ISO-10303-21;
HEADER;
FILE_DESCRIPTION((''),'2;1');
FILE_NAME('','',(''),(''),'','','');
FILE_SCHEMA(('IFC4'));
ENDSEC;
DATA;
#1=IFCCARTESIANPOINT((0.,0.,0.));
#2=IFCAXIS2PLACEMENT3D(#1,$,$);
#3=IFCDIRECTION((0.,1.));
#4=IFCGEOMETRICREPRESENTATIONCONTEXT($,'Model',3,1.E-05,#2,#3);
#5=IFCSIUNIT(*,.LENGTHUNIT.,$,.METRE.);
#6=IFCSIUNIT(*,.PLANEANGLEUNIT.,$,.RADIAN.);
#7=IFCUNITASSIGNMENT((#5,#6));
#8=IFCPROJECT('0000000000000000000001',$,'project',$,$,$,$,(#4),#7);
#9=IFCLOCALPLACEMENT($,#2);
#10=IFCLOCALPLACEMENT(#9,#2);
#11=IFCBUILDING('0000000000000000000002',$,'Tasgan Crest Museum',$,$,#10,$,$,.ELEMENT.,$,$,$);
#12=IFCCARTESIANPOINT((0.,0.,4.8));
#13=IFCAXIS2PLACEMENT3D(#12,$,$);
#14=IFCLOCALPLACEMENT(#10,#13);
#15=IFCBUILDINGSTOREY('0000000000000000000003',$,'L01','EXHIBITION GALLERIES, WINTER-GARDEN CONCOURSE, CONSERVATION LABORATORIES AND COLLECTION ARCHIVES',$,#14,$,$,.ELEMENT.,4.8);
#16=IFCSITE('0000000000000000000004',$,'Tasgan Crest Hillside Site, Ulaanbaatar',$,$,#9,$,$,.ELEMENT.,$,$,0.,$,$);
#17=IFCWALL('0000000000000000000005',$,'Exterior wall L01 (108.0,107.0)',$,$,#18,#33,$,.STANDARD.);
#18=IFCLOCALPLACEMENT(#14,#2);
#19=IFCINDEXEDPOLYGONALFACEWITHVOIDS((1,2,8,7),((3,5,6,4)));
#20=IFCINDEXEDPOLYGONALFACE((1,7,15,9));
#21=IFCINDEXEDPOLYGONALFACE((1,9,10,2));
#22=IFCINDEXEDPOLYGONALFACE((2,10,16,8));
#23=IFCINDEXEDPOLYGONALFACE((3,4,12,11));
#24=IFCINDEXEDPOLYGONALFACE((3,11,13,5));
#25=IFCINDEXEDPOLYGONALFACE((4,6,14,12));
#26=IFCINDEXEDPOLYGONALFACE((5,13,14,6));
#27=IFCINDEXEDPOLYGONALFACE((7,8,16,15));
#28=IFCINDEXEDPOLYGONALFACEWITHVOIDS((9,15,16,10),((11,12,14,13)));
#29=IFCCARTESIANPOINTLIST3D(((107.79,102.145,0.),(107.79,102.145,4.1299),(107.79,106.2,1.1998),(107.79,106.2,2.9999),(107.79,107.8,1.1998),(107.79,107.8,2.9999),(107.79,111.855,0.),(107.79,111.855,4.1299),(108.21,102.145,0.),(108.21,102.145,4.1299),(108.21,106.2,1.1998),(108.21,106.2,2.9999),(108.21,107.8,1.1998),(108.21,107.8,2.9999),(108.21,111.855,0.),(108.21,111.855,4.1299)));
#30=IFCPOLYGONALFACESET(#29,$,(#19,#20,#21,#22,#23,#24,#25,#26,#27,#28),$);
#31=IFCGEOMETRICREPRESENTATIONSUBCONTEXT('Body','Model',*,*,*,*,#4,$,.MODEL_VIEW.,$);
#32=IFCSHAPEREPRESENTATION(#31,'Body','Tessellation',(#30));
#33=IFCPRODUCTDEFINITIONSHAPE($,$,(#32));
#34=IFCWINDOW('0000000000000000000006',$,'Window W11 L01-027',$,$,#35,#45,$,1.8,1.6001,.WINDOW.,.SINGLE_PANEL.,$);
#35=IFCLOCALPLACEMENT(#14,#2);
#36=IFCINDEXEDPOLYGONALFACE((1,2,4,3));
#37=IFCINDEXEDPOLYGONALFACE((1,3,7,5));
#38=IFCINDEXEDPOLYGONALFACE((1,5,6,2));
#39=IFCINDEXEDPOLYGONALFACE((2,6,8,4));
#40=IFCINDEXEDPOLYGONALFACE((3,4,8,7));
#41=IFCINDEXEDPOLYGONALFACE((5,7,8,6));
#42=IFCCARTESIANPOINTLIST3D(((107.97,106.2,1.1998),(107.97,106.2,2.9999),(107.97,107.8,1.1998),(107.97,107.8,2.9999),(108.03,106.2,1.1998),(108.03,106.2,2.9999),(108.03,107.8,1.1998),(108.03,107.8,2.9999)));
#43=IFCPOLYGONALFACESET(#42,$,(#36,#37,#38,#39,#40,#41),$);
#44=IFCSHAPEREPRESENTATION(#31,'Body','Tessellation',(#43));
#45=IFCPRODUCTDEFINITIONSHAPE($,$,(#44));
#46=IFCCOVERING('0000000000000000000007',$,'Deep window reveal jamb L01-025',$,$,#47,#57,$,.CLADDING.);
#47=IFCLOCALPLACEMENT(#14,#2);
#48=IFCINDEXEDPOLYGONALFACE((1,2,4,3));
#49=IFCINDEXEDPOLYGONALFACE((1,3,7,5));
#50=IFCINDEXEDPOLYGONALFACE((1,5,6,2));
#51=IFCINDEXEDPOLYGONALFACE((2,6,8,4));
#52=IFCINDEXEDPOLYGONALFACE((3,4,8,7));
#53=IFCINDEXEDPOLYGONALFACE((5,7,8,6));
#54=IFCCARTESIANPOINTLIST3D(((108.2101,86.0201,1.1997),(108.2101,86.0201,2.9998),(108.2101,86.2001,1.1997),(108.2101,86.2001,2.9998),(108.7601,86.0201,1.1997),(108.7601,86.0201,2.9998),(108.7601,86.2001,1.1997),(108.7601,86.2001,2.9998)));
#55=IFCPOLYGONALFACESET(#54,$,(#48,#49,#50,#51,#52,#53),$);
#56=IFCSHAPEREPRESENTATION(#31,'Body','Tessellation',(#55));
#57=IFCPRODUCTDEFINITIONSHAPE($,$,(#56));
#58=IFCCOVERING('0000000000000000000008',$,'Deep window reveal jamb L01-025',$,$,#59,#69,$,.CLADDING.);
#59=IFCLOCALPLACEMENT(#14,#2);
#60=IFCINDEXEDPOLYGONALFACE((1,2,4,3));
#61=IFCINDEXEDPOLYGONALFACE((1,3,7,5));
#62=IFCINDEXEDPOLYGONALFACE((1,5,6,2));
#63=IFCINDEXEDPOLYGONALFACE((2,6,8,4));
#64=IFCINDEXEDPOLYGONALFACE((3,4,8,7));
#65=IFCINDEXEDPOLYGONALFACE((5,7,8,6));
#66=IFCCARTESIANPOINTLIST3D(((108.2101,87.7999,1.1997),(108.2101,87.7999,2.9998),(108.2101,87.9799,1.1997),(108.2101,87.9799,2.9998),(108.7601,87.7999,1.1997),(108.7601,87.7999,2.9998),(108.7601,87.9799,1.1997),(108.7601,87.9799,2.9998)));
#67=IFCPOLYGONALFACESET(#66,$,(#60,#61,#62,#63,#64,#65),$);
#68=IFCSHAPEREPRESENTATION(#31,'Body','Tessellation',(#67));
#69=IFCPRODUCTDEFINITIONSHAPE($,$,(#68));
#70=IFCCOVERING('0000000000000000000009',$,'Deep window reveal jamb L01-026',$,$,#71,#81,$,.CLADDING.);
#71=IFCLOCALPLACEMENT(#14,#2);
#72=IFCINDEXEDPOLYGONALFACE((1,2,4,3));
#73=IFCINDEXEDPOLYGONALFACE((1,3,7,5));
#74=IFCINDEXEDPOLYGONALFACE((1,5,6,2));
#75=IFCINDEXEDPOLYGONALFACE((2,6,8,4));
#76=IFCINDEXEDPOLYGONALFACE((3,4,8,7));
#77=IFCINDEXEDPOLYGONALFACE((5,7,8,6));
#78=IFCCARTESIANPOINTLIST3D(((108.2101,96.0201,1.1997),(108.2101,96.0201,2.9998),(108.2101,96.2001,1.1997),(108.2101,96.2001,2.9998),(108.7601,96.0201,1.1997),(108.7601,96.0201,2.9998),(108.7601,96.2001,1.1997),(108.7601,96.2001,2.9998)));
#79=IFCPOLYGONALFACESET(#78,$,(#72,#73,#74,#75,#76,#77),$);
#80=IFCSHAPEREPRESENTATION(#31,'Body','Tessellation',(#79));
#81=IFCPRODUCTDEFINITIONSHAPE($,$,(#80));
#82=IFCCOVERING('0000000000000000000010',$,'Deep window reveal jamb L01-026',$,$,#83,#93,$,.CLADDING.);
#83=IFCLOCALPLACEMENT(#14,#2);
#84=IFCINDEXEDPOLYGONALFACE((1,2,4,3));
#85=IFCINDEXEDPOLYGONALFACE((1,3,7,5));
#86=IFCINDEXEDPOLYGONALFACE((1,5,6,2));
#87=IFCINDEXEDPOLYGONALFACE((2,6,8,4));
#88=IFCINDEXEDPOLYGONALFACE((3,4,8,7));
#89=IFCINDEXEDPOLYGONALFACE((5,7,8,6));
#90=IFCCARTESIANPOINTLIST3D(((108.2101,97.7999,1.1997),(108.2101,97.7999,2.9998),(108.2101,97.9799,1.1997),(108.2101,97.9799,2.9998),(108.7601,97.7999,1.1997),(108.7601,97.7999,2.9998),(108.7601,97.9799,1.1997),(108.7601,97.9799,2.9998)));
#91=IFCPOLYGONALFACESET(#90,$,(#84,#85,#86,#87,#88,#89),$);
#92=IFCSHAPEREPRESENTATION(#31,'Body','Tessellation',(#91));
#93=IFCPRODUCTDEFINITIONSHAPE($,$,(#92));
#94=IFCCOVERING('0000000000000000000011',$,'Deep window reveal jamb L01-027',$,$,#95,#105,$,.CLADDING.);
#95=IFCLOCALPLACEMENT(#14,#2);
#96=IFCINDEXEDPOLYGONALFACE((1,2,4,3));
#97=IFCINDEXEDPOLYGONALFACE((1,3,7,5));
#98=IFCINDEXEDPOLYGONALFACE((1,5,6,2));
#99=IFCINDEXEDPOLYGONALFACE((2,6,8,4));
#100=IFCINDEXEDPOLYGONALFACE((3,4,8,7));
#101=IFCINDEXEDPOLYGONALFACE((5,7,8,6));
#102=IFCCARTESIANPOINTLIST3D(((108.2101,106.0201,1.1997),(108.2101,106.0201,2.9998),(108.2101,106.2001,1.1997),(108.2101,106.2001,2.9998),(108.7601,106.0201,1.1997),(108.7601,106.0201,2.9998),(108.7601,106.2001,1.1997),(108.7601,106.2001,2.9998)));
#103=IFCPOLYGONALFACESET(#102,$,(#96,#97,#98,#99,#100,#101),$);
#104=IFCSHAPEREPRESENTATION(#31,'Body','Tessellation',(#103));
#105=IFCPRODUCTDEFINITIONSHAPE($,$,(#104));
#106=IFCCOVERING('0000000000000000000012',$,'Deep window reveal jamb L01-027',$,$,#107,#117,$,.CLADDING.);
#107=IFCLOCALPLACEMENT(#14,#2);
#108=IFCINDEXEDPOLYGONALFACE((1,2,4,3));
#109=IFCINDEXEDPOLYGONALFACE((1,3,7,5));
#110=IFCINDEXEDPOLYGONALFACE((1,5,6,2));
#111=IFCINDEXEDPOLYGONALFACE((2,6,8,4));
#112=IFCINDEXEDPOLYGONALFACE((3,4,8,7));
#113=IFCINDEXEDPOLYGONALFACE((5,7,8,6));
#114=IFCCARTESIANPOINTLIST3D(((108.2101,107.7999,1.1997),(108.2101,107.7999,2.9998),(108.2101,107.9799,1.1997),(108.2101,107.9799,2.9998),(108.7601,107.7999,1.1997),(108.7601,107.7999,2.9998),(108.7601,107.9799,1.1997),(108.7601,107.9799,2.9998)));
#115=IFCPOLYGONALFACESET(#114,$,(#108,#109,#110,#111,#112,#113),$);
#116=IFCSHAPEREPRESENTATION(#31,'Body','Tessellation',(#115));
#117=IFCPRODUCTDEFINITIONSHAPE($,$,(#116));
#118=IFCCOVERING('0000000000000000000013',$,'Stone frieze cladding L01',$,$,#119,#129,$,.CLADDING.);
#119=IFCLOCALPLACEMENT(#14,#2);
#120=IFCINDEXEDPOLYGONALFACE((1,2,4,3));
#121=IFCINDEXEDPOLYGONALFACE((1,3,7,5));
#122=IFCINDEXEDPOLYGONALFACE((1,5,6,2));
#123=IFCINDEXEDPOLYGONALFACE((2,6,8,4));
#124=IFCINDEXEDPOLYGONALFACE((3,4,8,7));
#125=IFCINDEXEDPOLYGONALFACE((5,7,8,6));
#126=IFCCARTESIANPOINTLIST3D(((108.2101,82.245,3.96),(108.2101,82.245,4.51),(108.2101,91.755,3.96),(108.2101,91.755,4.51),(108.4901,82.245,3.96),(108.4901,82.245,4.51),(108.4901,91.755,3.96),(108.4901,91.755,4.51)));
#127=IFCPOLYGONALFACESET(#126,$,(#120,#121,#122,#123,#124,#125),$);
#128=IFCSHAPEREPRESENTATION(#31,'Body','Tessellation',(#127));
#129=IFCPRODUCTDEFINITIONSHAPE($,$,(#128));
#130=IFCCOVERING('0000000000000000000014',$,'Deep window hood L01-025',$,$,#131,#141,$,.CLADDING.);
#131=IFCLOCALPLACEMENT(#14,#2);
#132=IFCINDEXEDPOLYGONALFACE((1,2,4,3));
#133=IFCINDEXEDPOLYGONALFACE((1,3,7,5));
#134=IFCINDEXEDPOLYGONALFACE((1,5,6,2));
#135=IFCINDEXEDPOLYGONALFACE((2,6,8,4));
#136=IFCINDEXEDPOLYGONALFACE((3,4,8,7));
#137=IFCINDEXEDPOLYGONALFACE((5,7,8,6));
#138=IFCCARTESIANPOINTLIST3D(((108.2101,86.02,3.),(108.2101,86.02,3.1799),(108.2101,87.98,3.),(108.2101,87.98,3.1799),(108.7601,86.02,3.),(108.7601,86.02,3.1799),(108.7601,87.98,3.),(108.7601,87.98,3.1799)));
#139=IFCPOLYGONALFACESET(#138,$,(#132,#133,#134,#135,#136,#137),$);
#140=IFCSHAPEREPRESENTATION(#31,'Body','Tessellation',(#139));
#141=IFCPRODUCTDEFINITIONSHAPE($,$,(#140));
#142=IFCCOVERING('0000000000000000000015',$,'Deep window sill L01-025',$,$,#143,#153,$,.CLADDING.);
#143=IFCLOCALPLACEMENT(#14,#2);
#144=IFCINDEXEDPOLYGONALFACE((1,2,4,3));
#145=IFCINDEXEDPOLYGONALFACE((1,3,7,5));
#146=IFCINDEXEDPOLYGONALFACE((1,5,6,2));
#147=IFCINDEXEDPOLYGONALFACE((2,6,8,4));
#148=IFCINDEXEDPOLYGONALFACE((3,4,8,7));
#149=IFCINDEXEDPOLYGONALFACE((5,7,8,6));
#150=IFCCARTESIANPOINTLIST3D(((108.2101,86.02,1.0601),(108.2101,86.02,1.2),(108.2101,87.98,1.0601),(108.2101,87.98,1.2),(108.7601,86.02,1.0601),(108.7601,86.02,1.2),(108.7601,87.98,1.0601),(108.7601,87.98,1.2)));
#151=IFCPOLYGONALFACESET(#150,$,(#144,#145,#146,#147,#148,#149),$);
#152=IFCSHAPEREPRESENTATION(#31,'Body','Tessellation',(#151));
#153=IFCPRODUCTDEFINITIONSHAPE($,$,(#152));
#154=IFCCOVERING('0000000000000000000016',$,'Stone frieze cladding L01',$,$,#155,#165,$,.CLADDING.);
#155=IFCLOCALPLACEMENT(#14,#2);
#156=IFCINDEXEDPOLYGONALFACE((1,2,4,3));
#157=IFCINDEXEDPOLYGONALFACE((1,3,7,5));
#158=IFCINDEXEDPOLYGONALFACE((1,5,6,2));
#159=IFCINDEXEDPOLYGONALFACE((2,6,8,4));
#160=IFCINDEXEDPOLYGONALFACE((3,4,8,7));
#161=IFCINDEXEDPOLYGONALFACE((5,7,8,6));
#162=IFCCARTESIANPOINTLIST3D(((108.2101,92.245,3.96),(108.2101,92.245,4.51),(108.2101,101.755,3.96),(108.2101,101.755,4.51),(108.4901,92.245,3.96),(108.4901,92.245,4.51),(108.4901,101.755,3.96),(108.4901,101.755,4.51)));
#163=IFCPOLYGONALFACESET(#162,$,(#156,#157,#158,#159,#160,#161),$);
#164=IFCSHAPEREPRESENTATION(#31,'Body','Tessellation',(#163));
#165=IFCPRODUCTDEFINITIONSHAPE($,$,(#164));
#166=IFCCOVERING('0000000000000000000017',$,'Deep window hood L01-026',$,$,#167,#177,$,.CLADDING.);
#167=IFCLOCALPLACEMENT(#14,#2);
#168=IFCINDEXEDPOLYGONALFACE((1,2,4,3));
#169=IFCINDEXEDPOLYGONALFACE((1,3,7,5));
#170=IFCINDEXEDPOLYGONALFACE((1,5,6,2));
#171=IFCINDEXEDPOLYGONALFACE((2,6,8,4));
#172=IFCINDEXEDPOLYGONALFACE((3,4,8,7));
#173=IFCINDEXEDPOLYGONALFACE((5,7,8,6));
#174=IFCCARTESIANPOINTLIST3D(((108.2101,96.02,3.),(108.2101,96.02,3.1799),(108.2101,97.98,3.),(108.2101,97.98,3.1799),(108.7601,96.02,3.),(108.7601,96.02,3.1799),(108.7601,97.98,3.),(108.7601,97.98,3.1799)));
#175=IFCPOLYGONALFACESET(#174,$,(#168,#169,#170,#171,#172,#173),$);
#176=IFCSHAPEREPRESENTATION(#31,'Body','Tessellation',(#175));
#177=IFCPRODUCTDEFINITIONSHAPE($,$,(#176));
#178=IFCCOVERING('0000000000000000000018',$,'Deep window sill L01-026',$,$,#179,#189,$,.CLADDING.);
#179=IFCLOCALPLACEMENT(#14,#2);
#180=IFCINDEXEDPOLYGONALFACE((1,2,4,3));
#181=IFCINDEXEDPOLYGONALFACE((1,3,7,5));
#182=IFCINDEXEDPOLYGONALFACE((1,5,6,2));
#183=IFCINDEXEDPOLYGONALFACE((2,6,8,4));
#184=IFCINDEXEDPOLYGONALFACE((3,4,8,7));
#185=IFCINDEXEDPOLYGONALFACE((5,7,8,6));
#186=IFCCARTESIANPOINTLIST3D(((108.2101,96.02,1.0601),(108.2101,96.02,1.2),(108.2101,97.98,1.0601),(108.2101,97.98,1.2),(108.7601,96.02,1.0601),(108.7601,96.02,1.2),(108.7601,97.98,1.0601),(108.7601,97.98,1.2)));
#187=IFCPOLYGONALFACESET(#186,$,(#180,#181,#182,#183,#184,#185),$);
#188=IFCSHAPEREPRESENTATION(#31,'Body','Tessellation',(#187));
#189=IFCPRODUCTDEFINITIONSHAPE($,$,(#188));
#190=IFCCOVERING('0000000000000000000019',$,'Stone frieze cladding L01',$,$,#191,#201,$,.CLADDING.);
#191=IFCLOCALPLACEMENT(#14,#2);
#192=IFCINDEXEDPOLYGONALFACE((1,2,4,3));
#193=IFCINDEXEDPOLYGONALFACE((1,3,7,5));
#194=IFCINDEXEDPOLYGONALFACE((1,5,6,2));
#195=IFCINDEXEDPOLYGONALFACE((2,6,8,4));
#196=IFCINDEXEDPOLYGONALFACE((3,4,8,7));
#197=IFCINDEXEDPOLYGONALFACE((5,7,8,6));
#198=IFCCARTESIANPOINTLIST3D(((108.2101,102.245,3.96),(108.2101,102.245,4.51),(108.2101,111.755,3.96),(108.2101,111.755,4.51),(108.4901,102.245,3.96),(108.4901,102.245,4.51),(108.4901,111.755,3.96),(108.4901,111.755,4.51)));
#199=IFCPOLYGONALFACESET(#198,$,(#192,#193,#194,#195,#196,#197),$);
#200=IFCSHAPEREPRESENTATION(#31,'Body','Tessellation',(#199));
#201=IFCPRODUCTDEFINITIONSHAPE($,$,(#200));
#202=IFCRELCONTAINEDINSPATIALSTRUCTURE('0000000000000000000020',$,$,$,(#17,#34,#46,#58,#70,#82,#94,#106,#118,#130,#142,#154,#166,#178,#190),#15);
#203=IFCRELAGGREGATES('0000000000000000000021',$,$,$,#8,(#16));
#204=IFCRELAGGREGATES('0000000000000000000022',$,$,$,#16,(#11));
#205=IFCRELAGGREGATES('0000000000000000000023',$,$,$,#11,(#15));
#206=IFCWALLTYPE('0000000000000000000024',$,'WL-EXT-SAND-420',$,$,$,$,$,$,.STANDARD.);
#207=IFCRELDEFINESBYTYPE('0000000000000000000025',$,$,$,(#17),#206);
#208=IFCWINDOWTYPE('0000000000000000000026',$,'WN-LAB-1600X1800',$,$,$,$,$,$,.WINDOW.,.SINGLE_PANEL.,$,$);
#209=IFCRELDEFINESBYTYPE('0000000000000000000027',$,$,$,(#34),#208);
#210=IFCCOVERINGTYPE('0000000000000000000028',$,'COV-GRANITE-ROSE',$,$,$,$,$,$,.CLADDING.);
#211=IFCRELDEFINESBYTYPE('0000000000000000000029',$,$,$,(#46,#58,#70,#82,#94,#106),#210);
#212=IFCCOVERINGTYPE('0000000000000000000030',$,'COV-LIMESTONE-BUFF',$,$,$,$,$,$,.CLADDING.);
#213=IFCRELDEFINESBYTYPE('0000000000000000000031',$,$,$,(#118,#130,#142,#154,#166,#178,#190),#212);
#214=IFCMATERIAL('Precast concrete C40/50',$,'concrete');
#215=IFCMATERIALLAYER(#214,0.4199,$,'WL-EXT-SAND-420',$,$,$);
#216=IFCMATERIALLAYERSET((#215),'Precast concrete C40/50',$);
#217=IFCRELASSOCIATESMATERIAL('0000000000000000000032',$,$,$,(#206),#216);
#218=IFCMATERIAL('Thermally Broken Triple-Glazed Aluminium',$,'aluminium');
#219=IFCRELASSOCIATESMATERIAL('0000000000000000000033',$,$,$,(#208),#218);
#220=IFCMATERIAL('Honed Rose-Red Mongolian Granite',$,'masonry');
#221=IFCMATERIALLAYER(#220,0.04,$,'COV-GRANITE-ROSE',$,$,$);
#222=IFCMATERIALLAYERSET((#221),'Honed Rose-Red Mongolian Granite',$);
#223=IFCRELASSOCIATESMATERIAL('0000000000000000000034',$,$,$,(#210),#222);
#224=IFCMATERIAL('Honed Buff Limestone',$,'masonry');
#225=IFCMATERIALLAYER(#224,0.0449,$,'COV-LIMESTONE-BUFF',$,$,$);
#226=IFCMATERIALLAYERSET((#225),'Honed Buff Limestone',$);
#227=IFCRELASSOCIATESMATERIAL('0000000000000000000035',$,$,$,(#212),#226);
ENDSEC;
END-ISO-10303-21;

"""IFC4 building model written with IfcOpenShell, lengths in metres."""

from ifc_helpers import new_model, si_unit, direction, frame, frame_2d, origin, origin_2d, place, context, subcontext, project, spatial, rectangle, extrude, material, layer, layer_set, type_object, element, fill, save


model = new_model("IFC4")

# Units and contexts
model_context = context("Model", 3, precision=1e-05, world=origin(), true_north=direction((0.0, 1.0)))
body_context = subcontext(model_context, "Body", "Model", "MODEL_VIEW")
ifc_project = project(units=[si_unit("LENGTHUNIT", "METRE"), si_unit("PLANEANGLEUNIT", "RADIAN")], contexts=[model_context])

# Site, building, storey
site_placement = place(None, origin())
site = spatial("IfcSite", under=ifc_project, at=site_placement, Name="Tasgan Crest Hillside Site, Ulaanbaatar", CompositionType="ELEMENT", RefElevation=0.0)
building_placement = place(site_placement, origin())
building = spatial("IfcBuilding", under=site, at=building_placement, Name="Tasgan Crest Museum", CompositionType="ELEMENT")
storey_placement = place(building_placement, frame((0.0, 0.0, 4.8)))
storey = spatial("IfcBuildingStorey", under=building, at=storey_placement, Name="L01", Description="EXHIBITION GALLERIES, WINTER-GARDEN CONCOURSE, CONSERVATION LABORATORIES AND COLLECTION ARCHIVES", CompositionType="ELEMENT", Elevation=4.8)

# Wall, opening, window
ifc_material_1 = material(Name="Precast concrete C40/50", Category="concrete")
ifc_layer_1 = layer(ifc_material_1, 0.4199, Name="WL-EXT-SAND-420")
ifc_layer_set_1 = layer_set([ifc_layer_1], Name="Precast concrete C40/50")
wall_type_1 = type_object("IfcWallType", Name="WL-EXT-SAND-420", PredefinedType="STANDARD", material=ifc_layer_set_1)
ifc_material_2 = material(Name="Thermally Broken Triple-Glazed Aluminium", Category="aluminium")
window_type = type_object("IfcWindowType", Name="WN-LAB-1600X1800", PartitioningType="SINGLE_PANEL", PredefinedType="WINDOW", material=ifc_material_2)
wall_1_placement = place(storey_placement, frame((108.0, 102.145, 0.0), z_axis=(0.0, 0.0, 1.0), x_axis=(0.0, 1.0, 0.0)))
wall_1 = element("IfcWall", 1, at=wall_1_placement, inside=storey, type_object=wall_type_1, Name="Exterior wall L01 (108.0,107.0)", PredefinedType="STANDARD", context=body_context, shape_type="SweptSolid", body=[
    extrude(rectangle(XDim=9.71, YDim=0.4199, at=frame_2d((4.855, 0.0))), origin(), (0.0, 0.0, 1.0), 4.1299),
])
opening_1_placement = place(wall_1_placement, frame((4.0549, 0.0, 1.2)))
opening_1 = element("IfcOpeningElement", 2, at=opening_1_placement, cuts=wall_1, PredefinedType="OPENING", context=body_context, shape_type="SweptSolid", body=[
    extrude(rectangle(XDim=1.6001, YDim=1.8, at=frame_2d((0.8, 0.8999))), frame((0.0, 0.22, 0.0), z_axis=(0.0, -1.0, 0.0), x_axis=(1.0, 0.0, 0.0)), (0.0, 0.0, 1.0), 0.4399),
])
window_1_placement = place(opening_1_placement, origin())
window_1 = element("IfcWindow", 3, at=window_1_placement, inside=storey, type_object=window_type, Name="Window W11 L01-027", OverallHeight=1.8, OverallWidth=1.6001, PartitioningType="SINGLE_PANEL", PredefinedType="WINDOW", context=body_context, shape_type="SweptSolid", body=[
    extrude(rectangle(XDim=1.6001, YDim=1.8, at=frame_2d((0.8, 0.8999))), frame((0.0, 0.03, 0.0), z_axis=(0.0, -1.0, 0.0), x_axis=(1.0, 0.0, 0.0)), (0.0, 0.0, 1.0), 0.0601),
])
fill(opening_1, window_1)

# Coverings
ifc_material_3 = material(Name="Honed Rose-Red Mongolian Granite", Category="masonry")
ifc_layer_2 = layer(ifc_material_3, 0.04, Name="COV-GRANITE-ROSE")
ifc_layer_set_2 = layer_set([ifc_layer_2], Name="Honed Rose-Red Mongolian Granite")
covering_type_1 = type_object("IfcCoveringType", Name="COV-GRANITE-ROSE", PredefinedType="CLADDING", material=ifc_layer_set_2)
for number, where, z_axis, x_axis, name in (
    (4, (108.4851, 86.1101, 1.1997), (0.0, 0.0, 1.0), (0.0, 1.0, 0.0), "Deep window reveal jamb L01-025"),
    (5, (108.4851, 87.8899, 1.1997), (0.0, 0.0, 1.0), (0.0, 1.0, 0.0), "Deep window reveal jamb L01-025"),
    (6, (108.4851, 96.1101, 1.1997), (0.0, 0.0, 1.0), (0.0, 1.0, 0.0), "Deep window reveal jamb L01-026"),
    (7, (108.4851, 97.8899, 1.1997), (0.0, 0.0, 1.0), (0.0, 1.0, 0.0), "Deep window reveal jamb L01-026"),
    (8, (108.4851, 106.1101, 1.1997), (0.0, 0.0, 1.0), (0.0, 1.0, 0.0), "Deep window reveal jamb L01-027"),
    (9, (108.4851, 107.8899, 1.1997), (0.0, 0.0, 1.0), (0.0, 1.0, 0.0), "Deep window reveal jamb L01-027"),
):
    element("IfcCovering", number, at=place(storey_placement, frame(where, z_axis=z_axis, x_axis=x_axis)), inside=storey, type_object=covering_type_1, Name=name, PredefinedType="CLADDING", context=body_context, shape_type="SweptSolid", body=[
        extrude(rectangle(XDim=0.1799, YDim=0.55, at=origin_2d()), origin(), (0.0, 0.0, 1.0), 1.8),
    ])
ifc_material_4 = material(Name="Honed Buff Limestone", Category="masonry")
ifc_layer_3 = layer(ifc_material_4, 0.0449, Name="COV-LIMESTONE-BUFF")
ifc_layer_set_3 = layer_set([ifc_layer_3], Name="Honed Buff Limestone")
covering_type_2 = type_object("IfcCoveringType", Name="COV-LIMESTONE-BUFF", PredefinedType="CLADDING", material=ifc_layer_set_3)
covering_1_placement = place(storey_placement, frame((108.3501, 87.0, 3.96), z_axis=(0.0, 0.0, 1.0), x_axis=(0.0, 1.0, 0.0)))
element("IfcCovering", 10, at=covering_1_placement, inside=storey, type_object=covering_type_2, Name="Stone frieze cladding L01", PredefinedType="CLADDING", context=body_context, shape_type="SweptSolid", body=[
    extrude(rectangle(XDim=9.51, YDim=0.28, at=origin_2d()), origin(), (0.0, 0.0, 1.0), 0.55),
])
covering_2_placement = place(storey_placement, frame((108.4851, 87.0, 3.0), z_axis=(0.0, 0.0, 1.0), x_axis=(0.0, 1.0, 0.0)))
element("IfcCovering", 11, at=covering_2_placement, inside=storey, type_object=covering_type_2, Name="Deep window hood L01-025", PredefinedType="CLADDING", context=body_context, shape_type="SweptSolid", body=[
    extrude(rectangle(XDim=1.96, YDim=0.55, at=origin_2d()), origin(), (0.0, 0.0, 1.0), 0.1799),
])
covering_3_placement = place(storey_placement, frame((108.4851, 87.0, 1.0601), z_axis=(0.0, 0.0, 1.0), x_axis=(0.0, 1.0, 0.0)))
element("IfcCovering", 12, at=covering_3_placement, inside=storey, type_object=covering_type_2, Name="Deep window sill L01-025", PredefinedType="CLADDING", context=body_context, shape_type="SweptSolid", body=[
    extrude(rectangle(XDim=1.96, YDim=0.55, at=origin_2d()), origin(), (0.0, 0.0, 1.0), 0.1399),
])
covering_4_placement = place(storey_placement, frame((108.3501, 97.0, 3.96), z_axis=(0.0, 0.0, 1.0), x_axis=(0.0, 1.0, 0.0)))
element("IfcCovering", 13, at=covering_4_placement, inside=storey, type_object=covering_type_2, Name="Stone frieze cladding L01", PredefinedType="CLADDING", context=body_context, shape_type="SweptSolid", body=[
    extrude(rectangle(XDim=9.51, YDim=0.28, at=origin_2d()), origin(), (0.0, 0.0, 1.0), 0.55),
])
covering_5_placement = place(storey_placement, frame((108.4851, 97.0, 3.0), z_axis=(0.0, 0.0, 1.0), x_axis=(0.0, 1.0, 0.0)))
element("IfcCovering", 14, at=covering_5_placement, inside=storey, type_object=covering_type_2, Name="Deep window hood L01-026", PredefinedType="CLADDING", context=body_context, shape_type="SweptSolid", body=[
    extrude(rectangle(XDim=1.96, YDim=0.55, at=origin_2d()), origin(), (0.0, 0.0, 1.0), 0.1799),
])
covering_6_placement = place(storey_placement, frame((108.4851, 97.0, 1.0601), z_axis=(0.0, 0.0, 1.0), x_axis=(0.0, 1.0, 0.0)))
element("IfcCovering", 15, at=covering_6_placement, inside=storey, type_object=covering_type_2, Name="Deep window sill L01-026", PredefinedType="CLADDING", context=body_context, shape_type="SweptSolid", body=[
    extrude(rectangle(XDim=1.96, YDim=0.55, at=origin_2d()), origin(), (0.0, 0.0, 1.0), 0.1399),
])
covering_7_placement = place(storey_placement, frame((108.3501, 107.0, 3.96), z_axis=(0.0, 0.0, 1.0), x_axis=(0.0, 1.0, 0.0)))
element("IfcCovering", 16, at=covering_7_placement, inside=storey, type_object=covering_type_2, Name="Stone frieze cladding L01", PredefinedType="CLADDING", context=body_context, shape_type="SweptSolid", body=[
    extrude(rectangle(XDim=9.51, YDim=0.28, at=origin_2d()), origin(), (0.0, 0.0, 1.0), 0.55),
])

save(model, "model.ifc")
